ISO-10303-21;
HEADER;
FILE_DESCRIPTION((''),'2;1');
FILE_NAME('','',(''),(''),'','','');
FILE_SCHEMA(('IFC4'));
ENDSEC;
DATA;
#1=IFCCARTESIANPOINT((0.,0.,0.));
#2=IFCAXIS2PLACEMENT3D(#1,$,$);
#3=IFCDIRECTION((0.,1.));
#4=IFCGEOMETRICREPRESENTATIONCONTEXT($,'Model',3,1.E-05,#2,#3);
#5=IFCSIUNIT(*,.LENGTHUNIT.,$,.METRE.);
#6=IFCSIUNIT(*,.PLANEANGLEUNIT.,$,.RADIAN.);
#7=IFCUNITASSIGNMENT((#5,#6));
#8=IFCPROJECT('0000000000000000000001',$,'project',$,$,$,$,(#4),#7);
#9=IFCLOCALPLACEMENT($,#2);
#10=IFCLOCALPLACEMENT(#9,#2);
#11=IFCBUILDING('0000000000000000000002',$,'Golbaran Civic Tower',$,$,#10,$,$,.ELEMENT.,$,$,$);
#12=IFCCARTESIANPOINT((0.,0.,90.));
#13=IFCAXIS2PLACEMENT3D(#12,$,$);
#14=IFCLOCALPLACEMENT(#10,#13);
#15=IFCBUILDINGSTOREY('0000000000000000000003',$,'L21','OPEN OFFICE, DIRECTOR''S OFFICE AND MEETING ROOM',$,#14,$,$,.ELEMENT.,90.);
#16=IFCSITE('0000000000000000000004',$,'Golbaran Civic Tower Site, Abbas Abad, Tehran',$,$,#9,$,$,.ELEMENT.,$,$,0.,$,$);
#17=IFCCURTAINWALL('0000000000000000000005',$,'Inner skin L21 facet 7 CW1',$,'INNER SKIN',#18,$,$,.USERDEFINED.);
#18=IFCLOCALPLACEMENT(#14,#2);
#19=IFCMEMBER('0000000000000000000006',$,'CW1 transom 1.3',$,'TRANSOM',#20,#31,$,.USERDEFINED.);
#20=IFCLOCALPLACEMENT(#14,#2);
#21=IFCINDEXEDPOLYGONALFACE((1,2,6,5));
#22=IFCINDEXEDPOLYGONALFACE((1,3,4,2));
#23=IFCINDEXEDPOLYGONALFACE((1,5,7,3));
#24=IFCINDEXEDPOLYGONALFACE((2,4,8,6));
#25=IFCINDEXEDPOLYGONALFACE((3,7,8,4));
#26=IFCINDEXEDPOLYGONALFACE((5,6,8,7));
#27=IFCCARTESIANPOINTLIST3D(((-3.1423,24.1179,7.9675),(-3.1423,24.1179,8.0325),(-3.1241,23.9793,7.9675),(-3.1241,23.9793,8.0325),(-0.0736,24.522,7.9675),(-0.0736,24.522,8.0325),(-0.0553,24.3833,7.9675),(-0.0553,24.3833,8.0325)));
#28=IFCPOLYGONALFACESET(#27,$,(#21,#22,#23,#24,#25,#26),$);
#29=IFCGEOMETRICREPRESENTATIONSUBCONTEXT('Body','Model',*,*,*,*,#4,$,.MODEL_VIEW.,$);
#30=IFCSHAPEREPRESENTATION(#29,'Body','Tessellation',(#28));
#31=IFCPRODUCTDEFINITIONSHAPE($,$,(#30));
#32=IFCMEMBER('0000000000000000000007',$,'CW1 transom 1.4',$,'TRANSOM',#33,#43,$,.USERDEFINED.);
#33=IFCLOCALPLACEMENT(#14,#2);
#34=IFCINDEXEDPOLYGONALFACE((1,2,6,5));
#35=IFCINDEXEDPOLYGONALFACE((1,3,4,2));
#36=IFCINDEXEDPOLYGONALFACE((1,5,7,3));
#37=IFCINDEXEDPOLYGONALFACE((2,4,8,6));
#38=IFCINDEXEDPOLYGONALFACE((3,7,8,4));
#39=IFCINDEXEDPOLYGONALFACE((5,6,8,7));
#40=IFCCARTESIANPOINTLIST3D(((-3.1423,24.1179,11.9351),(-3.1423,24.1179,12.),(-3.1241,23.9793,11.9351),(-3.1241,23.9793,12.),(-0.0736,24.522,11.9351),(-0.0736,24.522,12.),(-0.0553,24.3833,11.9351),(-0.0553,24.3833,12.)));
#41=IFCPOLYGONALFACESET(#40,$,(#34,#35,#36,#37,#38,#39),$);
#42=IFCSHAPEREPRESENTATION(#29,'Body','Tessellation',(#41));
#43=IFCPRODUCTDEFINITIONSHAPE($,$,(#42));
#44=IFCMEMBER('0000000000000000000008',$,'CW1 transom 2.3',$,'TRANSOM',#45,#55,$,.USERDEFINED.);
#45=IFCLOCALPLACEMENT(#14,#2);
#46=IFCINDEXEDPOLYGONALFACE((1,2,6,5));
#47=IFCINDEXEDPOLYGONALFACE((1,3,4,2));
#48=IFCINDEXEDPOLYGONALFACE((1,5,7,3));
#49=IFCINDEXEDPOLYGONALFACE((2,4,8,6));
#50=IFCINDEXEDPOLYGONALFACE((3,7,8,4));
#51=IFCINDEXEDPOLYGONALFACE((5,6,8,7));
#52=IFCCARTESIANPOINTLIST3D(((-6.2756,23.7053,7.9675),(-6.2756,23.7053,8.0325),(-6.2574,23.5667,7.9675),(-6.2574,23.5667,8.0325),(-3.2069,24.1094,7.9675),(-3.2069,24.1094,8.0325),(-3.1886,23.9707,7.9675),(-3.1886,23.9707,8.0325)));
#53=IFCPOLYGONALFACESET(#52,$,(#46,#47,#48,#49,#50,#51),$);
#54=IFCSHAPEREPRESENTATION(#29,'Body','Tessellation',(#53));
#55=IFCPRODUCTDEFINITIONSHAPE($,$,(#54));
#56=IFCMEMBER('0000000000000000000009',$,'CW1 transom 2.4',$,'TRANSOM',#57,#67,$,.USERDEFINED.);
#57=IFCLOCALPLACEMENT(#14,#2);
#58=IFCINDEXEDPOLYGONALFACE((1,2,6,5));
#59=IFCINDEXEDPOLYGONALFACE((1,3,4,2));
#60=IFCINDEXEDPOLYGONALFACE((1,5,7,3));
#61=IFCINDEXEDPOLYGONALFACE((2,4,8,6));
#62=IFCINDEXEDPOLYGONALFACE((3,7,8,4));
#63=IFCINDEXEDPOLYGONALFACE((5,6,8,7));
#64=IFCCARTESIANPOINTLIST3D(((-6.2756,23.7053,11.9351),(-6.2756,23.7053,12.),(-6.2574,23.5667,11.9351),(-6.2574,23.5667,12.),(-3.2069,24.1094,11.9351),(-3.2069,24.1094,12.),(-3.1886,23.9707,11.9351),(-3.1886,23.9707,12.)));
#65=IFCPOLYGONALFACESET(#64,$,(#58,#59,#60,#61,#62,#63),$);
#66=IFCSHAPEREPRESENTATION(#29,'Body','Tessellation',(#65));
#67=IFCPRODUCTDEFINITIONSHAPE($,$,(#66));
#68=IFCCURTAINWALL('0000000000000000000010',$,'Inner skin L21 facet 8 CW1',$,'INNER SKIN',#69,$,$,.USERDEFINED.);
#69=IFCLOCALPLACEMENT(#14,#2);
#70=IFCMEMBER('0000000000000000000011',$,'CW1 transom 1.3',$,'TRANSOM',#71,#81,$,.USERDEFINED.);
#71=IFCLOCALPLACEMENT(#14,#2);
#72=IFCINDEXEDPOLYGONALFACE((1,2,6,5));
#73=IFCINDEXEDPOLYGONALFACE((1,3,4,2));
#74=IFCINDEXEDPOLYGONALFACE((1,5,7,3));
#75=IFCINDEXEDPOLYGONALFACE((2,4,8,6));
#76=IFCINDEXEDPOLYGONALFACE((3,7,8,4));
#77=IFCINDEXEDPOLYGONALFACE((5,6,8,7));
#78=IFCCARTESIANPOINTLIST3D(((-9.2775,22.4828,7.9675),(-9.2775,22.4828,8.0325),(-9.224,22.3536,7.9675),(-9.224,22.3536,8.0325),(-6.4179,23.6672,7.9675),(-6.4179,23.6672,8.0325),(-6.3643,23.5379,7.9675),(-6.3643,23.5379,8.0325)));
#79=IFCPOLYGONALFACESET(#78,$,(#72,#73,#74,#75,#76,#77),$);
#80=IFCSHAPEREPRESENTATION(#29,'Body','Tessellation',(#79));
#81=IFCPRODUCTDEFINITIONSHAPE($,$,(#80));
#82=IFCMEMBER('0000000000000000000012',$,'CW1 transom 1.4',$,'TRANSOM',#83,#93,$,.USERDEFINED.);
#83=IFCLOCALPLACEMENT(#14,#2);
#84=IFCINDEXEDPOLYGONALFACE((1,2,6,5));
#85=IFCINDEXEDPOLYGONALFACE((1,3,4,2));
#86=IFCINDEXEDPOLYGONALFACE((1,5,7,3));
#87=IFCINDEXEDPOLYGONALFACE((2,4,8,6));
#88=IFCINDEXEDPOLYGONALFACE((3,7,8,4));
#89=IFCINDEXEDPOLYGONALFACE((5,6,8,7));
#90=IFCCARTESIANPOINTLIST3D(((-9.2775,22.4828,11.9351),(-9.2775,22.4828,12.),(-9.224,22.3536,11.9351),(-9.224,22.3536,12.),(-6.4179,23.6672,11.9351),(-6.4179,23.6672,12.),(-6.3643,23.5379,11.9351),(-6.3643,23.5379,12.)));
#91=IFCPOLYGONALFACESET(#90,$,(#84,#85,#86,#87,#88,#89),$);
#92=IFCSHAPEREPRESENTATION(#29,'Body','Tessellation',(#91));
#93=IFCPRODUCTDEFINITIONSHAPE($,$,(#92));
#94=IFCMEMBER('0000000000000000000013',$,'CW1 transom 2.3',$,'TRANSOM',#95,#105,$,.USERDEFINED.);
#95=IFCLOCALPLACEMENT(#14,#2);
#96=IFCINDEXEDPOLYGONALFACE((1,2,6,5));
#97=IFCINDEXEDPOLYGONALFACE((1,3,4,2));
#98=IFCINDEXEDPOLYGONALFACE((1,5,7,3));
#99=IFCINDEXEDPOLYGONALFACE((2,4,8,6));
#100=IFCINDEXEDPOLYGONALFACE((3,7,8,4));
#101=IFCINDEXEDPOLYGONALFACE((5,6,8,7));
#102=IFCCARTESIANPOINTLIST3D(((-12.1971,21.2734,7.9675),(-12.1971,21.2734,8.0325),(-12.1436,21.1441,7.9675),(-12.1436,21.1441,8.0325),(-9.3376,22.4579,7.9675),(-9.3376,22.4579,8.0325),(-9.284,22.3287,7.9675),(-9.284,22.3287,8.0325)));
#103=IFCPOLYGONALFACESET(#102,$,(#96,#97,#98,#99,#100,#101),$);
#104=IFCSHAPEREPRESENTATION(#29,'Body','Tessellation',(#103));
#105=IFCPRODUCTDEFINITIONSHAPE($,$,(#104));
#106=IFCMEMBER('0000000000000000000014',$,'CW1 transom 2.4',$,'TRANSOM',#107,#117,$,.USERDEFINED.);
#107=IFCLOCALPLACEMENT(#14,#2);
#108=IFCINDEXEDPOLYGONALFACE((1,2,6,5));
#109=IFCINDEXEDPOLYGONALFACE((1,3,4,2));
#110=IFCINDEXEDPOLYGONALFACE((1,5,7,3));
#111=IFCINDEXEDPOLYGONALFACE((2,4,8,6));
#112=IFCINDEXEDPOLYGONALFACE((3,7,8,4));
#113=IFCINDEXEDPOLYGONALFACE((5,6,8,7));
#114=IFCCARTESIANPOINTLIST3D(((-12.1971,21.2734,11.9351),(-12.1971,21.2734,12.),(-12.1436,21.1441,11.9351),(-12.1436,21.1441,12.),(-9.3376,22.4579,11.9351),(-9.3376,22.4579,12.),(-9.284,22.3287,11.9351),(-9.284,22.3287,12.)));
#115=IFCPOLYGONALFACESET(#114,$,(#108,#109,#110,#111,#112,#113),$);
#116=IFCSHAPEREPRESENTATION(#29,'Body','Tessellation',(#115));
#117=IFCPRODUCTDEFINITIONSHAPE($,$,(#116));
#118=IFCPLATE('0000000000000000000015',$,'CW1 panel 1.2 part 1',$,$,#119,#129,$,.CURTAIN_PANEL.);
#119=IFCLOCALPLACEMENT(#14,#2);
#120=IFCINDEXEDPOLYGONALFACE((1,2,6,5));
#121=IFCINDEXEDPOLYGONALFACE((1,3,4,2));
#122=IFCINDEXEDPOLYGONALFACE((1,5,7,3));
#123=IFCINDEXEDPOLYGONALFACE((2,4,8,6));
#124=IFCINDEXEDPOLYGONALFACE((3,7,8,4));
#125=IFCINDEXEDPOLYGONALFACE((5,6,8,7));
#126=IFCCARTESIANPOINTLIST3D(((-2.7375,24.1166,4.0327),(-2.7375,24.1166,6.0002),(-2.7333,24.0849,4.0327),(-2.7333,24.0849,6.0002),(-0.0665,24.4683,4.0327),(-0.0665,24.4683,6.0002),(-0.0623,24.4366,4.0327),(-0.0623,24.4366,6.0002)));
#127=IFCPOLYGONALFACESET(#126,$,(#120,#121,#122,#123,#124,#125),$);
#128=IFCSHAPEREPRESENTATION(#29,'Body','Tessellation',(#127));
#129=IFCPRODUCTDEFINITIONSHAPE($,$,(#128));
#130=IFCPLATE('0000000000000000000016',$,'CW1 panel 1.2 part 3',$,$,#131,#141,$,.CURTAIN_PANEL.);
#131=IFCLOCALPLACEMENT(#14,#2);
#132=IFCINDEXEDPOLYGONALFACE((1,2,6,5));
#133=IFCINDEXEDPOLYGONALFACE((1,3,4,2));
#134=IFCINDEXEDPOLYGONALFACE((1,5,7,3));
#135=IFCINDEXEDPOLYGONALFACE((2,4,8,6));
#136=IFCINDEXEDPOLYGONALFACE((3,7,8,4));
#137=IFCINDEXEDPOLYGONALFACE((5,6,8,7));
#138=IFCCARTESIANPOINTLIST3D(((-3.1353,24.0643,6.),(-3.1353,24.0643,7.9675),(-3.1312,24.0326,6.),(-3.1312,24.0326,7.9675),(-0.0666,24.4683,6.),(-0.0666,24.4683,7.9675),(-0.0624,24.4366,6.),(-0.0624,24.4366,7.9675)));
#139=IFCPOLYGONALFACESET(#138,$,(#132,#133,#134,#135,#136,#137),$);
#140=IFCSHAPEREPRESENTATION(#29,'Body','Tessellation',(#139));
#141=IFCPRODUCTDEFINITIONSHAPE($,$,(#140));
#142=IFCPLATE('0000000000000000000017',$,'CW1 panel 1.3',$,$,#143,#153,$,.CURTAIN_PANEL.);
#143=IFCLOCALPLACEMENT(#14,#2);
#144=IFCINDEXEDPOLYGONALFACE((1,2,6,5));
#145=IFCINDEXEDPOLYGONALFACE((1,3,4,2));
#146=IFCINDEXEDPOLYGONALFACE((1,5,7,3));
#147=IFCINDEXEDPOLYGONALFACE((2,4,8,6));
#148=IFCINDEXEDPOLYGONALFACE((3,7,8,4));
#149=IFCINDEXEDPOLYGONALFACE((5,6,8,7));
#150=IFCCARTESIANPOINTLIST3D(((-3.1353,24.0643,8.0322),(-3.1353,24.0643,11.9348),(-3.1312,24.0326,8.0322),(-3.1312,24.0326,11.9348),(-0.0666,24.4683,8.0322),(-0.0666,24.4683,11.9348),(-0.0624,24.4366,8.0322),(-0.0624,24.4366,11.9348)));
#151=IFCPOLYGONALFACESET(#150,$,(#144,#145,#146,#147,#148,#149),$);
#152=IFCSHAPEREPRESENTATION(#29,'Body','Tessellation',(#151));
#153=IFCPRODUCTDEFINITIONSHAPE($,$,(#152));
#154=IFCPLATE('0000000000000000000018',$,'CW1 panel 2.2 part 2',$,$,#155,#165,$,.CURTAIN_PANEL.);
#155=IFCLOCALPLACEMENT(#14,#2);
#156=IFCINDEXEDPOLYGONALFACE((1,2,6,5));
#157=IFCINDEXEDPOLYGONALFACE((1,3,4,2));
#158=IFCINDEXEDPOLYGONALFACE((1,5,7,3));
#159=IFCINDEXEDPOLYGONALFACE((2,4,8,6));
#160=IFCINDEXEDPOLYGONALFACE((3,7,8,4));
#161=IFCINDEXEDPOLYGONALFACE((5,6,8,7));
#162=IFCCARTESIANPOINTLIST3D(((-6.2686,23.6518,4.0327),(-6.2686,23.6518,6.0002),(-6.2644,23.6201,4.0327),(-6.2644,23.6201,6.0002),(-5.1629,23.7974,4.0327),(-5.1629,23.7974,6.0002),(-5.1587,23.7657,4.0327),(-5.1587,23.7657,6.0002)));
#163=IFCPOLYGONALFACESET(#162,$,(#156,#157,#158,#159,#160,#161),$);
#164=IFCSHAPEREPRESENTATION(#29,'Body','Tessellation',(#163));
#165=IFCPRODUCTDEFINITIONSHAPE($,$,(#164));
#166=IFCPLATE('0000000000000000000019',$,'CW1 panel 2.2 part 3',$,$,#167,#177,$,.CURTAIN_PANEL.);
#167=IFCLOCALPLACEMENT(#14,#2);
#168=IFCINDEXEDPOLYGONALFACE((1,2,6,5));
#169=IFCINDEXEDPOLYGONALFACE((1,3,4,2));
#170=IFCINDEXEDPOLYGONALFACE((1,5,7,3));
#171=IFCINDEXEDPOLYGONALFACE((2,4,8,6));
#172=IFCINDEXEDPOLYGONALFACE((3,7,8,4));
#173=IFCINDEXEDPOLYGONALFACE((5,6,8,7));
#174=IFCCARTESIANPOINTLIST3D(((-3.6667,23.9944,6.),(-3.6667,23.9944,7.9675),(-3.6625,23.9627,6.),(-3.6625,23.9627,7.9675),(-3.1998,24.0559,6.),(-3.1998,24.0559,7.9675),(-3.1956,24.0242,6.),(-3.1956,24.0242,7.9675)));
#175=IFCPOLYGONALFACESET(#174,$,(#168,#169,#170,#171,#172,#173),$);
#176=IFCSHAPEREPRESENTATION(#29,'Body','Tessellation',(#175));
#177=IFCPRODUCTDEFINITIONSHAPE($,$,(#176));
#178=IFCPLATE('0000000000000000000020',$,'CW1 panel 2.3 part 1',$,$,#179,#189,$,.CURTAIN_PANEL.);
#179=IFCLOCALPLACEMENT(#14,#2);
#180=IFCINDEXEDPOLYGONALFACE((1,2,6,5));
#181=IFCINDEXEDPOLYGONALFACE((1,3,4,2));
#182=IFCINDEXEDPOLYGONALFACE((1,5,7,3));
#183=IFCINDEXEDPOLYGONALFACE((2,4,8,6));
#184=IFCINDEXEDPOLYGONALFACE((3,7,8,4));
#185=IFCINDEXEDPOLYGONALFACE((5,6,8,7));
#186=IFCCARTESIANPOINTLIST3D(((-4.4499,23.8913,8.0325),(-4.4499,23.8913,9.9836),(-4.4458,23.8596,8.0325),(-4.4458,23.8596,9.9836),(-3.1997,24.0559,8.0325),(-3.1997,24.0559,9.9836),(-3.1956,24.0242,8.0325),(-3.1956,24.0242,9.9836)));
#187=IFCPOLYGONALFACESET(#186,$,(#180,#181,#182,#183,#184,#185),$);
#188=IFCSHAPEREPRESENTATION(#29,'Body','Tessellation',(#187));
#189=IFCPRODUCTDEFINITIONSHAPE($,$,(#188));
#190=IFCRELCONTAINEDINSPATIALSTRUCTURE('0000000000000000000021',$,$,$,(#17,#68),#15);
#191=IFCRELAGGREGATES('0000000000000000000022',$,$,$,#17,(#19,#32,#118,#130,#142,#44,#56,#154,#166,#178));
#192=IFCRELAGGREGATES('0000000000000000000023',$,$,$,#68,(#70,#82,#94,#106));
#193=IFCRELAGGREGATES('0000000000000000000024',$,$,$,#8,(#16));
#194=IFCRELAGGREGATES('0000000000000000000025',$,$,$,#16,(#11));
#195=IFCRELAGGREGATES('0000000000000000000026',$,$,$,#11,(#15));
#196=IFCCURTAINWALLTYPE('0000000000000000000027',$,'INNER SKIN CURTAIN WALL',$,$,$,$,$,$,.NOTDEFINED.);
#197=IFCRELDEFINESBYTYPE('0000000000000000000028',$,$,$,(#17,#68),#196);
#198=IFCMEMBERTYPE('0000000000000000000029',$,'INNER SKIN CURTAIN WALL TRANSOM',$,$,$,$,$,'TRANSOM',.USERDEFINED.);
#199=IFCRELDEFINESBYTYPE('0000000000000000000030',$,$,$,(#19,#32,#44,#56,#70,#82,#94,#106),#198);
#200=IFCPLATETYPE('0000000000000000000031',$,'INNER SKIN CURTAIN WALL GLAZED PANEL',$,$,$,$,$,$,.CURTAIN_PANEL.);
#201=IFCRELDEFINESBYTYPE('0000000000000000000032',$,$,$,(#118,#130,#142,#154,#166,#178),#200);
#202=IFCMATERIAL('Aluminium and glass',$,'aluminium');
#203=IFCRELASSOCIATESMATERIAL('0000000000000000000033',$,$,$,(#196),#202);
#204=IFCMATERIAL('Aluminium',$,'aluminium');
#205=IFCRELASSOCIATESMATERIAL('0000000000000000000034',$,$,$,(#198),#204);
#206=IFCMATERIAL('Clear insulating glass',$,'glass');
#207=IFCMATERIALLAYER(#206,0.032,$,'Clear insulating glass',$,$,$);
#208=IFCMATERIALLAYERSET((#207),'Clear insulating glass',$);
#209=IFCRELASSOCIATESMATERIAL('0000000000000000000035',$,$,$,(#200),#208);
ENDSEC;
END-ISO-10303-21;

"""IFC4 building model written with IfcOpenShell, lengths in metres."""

from ifc_helpers import new_model, si_unit, direction, frame, origin, origin_2d, place, context, subcontext, project, spatial, rectangle, extrude, material, layer, layer_set, material_profile, profile_set, type_object, element, aggregate, save


model = new_model("IFC4")

# Units and contexts
model_context = context("Model", 3, precision=1e-05, world=origin(), true_north=direction((0.0, 1.0)))
body_context = subcontext(model_context, "Body", "Model", "MODEL_VIEW")
ifc_project = project(units=[si_unit("LENGTHUNIT", "METRE"), si_unit("PLANEANGLEUNIT", "RADIAN")], contexts=[model_context])

# Site, building, storey
site_placement = place(None, origin())
site = spatial("IfcSite", under=ifc_project, at=site_placement, Name="Golbaran Civic Tower Site, Abbas Abad, Tehran", CompositionType="ELEMENT", RefElevation=0.0)
building_placement = place(site_placement, origin())
building = spatial("IfcBuilding", under=site, at=building_placement, Name="Golbaran Civic Tower", CompositionType="ELEMENT")
storey_placement = place(building_placement, frame((0.0, 0.0, 90.0)))
storey = spatial("IfcBuildingStorey", under=building, at=storey_placement, Name="L21", Description="OPEN OFFICE, DIRECTOR'S OFFICE AND MEETING ROOM", CompositionType="ELEMENT", Elevation=90.0)

# Curtain walls, members
ifc_material_1 = material(Name="Aluminium and glass", Category="aluminium")
curtain_wall_type = type_object("IfcCurtainWallType", Name="INNER SKIN CURTAIN WALL", PredefinedType="NOTDEFINED", material=ifc_material_1)
curtain_wall_1_placement = place(storey_placement, origin())
curtain_wall_1 = element("IfcCurtainWall", 1, at=curtain_wall_1_placement, inside=storey, type_object=curtain_wall_type, Name="Inner skin L21 facet 7 CW1", ObjectType="INNER SKIN", PredefinedType="USERDEFINED")
ifc_material_2 = material(Name="Aluminium", Category="aluminium")
ifc_material_profile = material_profile(ifc_material_2, rectangle(XDim=0.1399, YDim=0.0649, at=origin_2d()), Name="INNER SKIN CURTAIN WALL TRANSOM")
ifc_profile_set = profile_set([ifc_material_profile], Name="Aluminium")
member_type = type_object("IfcMemberType", Name="INNER SKIN CURTAIN WALL TRANSOM", ElementType="TRANSOM", PredefinedType="USERDEFINED", material=ifc_profile_set)
member_1_placement = place(storey_placement, frame((-0.0645, 24.4526, 8.0), z_axis=(-0.991444, -0.130536, 0.0), x_axis=(0.130536, -0.991444, 0.0)))
member_1 = element("IfcMember", 2, at=member_1_placement, type_object=member_type, Name="CW1 transom 1.3", ObjectType="TRANSOM", PredefinedType="USERDEFINED", context=body_context, shape_type="SweptSolid", body=[
    extrude(rectangle(XDim=0.1399, YDim=0.0649, at=origin_2d()), origin(), (0.0, 0.0, 1.0), 3.0952),
])
member_2_placement = place(storey_placement, frame((-0.0645, 24.4526, 11.9675), z_axis=(-0.991444, -0.130536, 0.0), x_axis=(0.130536, -0.991444, 0.0)))
member_2 = element("IfcMember", 3, at=member_2_placement, type_object=member_type, Name="CW1 transom 1.4", ObjectType="TRANSOM", PredefinedType="USERDEFINED", context=body_context, shape_type="SweptSolid", body=[
    extrude(rectangle(XDim=0.1399, YDim=0.0649, at=origin_2d()), origin(), (0.0, 0.0, 1.0), 3.0952),
])
member_3_placement = place(storey_placement, frame((-3.1978, 24.04, 8.0), z_axis=(-0.991444, -0.130536, 0.0), x_axis=(0.130536, -0.991444, 0.0)))
member_3 = element("IfcMember", 4, at=member_3_placement, type_object=member_type, Name="CW1 transom 2.3", ObjectType="TRANSOM", PredefinedType="USERDEFINED", context=body_context, shape_type="SweptSolid", body=[
    extrude(rectangle(XDim=0.1399, YDim=0.0649, at=origin_2d()), origin(), (0.0, 0.0, 1.0), 3.0952),
])
member_4_placement = place(storey_placement, frame((-3.1978, 24.04, 11.9675), z_axis=(-0.991444, -0.130536, 0.0), x_axis=(0.130536, -0.991444, 0.0)))
member_4 = element("IfcMember", 5, at=member_4_placement, type_object=member_type, Name="CW1 transom 2.4", ObjectType="TRANSOM", PredefinedType="USERDEFINED", context=body_context, shape_type="SweptSolid", body=[
    extrude(rectangle(XDim=0.1399, YDim=0.0649, at=origin_2d()), origin(), (0.0, 0.0, 1.0), 3.0952),
])
curtain_wall_2_placement = place(storey_placement, origin())
curtain_wall_2 = element("IfcCurtainWall", 6, at=curtain_wall_2_placement, inside=storey, type_object=curtain_wall_type, Name="Inner skin L21 facet 8 CW1", ObjectType="INNER SKIN", PredefinedType="USERDEFINED")
member_5_placement = place(storey_placement, frame((-6.3911, 23.6025, 8.0), z_axis=(-0.923899, -0.382637, 0.0), x_axis=(0.382637, -0.923899, 0.0)))
member_5 = element("IfcMember", 7, at=member_5_placement, type_object=member_type, Name="CW1 transom 1.3", ObjectType="TRANSOM", PredefinedType="USERDEFINED", context=body_context, shape_type="SweptSolid", body=[
    extrude(rectangle(XDim=0.1399, YDim=0.0649, at=origin_2d()), origin(), (0.0, 0.0, 1.0), 3.0952),
])
member_6_placement = place(storey_placement, frame((-6.3911, 23.6025, 11.9675), z_axis=(-0.923899, -0.382637, 0.0), x_axis=(0.382637, -0.923899, 0.0)))
member_6 = element("IfcMember", 8, at=member_6_placement, type_object=member_type, Name="CW1 transom 1.4", ObjectType="TRANSOM", PredefinedType="USERDEFINED", context=body_context, shape_type="SweptSolid", body=[
    extrude(rectangle(XDim=0.1399, YDim=0.0649, at=origin_2d()), origin(), (0.0, 0.0, 1.0), 3.0952),
])
member_7_placement = place(storey_placement, frame((-9.3108, 22.3933, 8.0), z_axis=(-0.923871, -0.382705, 0.0), x_axis=(0.382705, -0.923871, 0.0)))
member_7 = element("IfcMember", 9, at=member_7_placement, type_object=member_type, Name="CW1 transom 2.3", ObjectType="TRANSOM", PredefinedType="USERDEFINED", context=body_context, shape_type="SweptSolid", body=[
    extrude(rectangle(XDim=0.1399, YDim=0.0649, at=origin_2d()), origin(), (0.0, 0.0, 1.0), 3.0952),
])
member_8_placement = place(storey_placement, frame((-9.3108, 22.3933, 11.9675), z_axis=(-0.923871, -0.382705, 0.0), x_axis=(0.382705, -0.923871, 0.0)))
member_8 = element("IfcMember", 10, at=member_8_placement, type_object=member_type, Name="CW1 transom 2.4", ObjectType="TRANSOM", PredefinedType="USERDEFINED", context=body_context, shape_type="SweptSolid", body=[
    extrude(rectangle(XDim=0.1399, YDim=0.0649, at=origin_2d()), origin(), (0.0, 0.0, 1.0), 3.0952),
])

# Plates
ifc_material_3 = material(Name="Clear insulating glass", Category="glass")
ifc_layer_1 = layer(ifc_material_3, 0.032, Name="Clear insulating glass")
ifc_layer_set_1 = layer_set([ifc_layer_1], Name="Clear insulating glass")
plate_type_1 = type_object("IfcPlateType", Name="INNER SKIN CURTAIN WALL GLAZED PANEL", PredefinedType="CURTAIN_PANEL", material=ifc_layer_set_1)
plate_1_placement = place(storey_placement, frame((-1.3999, 24.2766, 4.0327), z_axis=(0.0, 0.0, 1.0), x_axis=(-0.991445, -0.130526, 0.0)))
plate_1 = element("IfcPlate", 11, at=plate_1_placement, type_object=plate_type_1, Name="CW1 panel 1.2 part 1", PredefinedType="CURTAIN_PANEL", context=body_context, shape_type="SweptSolid", body=[
    extrude(rectangle(XDim=2.6941, YDim=0.032, at=origin_2d()), origin(), (0.0, 0.0, 1.0), 1.9675),
])
plate_2_placement = place(storey_placement, frame((-1.5989, 24.2505, 6.0), z_axis=(0.0, 0.0, 1.0), x_axis=(-0.991445, -0.130526, 0.0)))
plate_2 = element("IfcPlate", 12, at=plate_2_placement, type_object=plate_type_1, Name="CW1 panel 1.2 part 3", PredefinedType="CURTAIN_PANEL", context=body_context, shape_type="SweptSolid", body=[
    extrude(rectangle(XDim=3.0952, YDim=0.032, at=origin_2d()), origin(), (0.0, 0.0, 1.0), 1.9675),
])
plate_3_placement = place(storey_placement, frame((-1.5989, 24.2505, 8.0322), z_axis=(0.0, 0.0, 1.0), x_axis=(-0.991445, -0.130526, 0.0)))
plate_3 = element("IfcPlate", 13, at=plate_3_placement, type_object=plate_type_1, Name="CW1 panel 1.3", PredefinedType="CURTAIN_PANEL", context=body_context, shape_type="SweptSolid", body=[
    extrude(rectangle(XDim=3.0952, YDim=0.032, at=origin_2d()), origin(), (0.0, 0.0, 1.0), 3.9026),
])
plate_4_placement = place(storey_placement, frame((-5.7136, 23.7087, 4.0327), z_axis=(0.0, 0.0, 1.0), x_axis=(-0.991445, -0.130526, 0.0)))
plate_4 = element("IfcPlate", 14, at=plate_4_placement, type_object=plate_type_1, Name="CW1 panel 2.2 part 2", PredefinedType="CURTAIN_PANEL", context=body_context, shape_type="SweptSolid", body=[
    extrude(rectangle(XDim=1.1152, YDim=0.032, at=origin_2d()), origin(), (0.0, 0.0, 1.0), 1.9675),
])
plate_5_placement = place(storey_placement, frame((-3.4312, 24.0093, 6.0), z_axis=(0.0, 0.0, 1.0), x_axis=(-0.991445, -0.130526, 0.0)))
plate_5 = element("IfcPlate", 15, at=plate_5_placement, type_object=plate_type_1, Name="CW1 panel 2.2 part 3", PredefinedType="CURTAIN_PANEL", context=body_context, shape_type="SweptSolid", body=[
    extrude(rectangle(XDim=0.4709, YDim=0.032, at=origin_2d()), origin(), (0.0, 0.0, 1.0), 1.9675),
])
plate_6_placement = place(storey_placement, frame((-3.8228, 23.9578, 8.0325), z_axis=(0.0, 0.0, 1.0), x_axis=(-0.991445, -0.130526, 0.0)))
plate_6 = element("IfcPlate", 16, at=plate_6_placement, type_object=plate_type_1, Name="CW1 panel 2.3 part 1", PredefinedType="CURTAIN_PANEL", context=body_context, shape_type="SweptSolid", body=[
    extrude(rectangle(XDim=1.261, YDim=0.032, at=origin_2d()), origin(), (0.0, 0.0, 1.0), 1.9512),
])
aggregate(curtain_wall_1, [member_1, member_2, plate_1, plate_2, plate_3, member_3, member_4, plate_4, plate_5, plate_6])
aggregate(curtain_wall_2, [member_5, member_6, member_7, member_8])

save(model, "model.ifc")
